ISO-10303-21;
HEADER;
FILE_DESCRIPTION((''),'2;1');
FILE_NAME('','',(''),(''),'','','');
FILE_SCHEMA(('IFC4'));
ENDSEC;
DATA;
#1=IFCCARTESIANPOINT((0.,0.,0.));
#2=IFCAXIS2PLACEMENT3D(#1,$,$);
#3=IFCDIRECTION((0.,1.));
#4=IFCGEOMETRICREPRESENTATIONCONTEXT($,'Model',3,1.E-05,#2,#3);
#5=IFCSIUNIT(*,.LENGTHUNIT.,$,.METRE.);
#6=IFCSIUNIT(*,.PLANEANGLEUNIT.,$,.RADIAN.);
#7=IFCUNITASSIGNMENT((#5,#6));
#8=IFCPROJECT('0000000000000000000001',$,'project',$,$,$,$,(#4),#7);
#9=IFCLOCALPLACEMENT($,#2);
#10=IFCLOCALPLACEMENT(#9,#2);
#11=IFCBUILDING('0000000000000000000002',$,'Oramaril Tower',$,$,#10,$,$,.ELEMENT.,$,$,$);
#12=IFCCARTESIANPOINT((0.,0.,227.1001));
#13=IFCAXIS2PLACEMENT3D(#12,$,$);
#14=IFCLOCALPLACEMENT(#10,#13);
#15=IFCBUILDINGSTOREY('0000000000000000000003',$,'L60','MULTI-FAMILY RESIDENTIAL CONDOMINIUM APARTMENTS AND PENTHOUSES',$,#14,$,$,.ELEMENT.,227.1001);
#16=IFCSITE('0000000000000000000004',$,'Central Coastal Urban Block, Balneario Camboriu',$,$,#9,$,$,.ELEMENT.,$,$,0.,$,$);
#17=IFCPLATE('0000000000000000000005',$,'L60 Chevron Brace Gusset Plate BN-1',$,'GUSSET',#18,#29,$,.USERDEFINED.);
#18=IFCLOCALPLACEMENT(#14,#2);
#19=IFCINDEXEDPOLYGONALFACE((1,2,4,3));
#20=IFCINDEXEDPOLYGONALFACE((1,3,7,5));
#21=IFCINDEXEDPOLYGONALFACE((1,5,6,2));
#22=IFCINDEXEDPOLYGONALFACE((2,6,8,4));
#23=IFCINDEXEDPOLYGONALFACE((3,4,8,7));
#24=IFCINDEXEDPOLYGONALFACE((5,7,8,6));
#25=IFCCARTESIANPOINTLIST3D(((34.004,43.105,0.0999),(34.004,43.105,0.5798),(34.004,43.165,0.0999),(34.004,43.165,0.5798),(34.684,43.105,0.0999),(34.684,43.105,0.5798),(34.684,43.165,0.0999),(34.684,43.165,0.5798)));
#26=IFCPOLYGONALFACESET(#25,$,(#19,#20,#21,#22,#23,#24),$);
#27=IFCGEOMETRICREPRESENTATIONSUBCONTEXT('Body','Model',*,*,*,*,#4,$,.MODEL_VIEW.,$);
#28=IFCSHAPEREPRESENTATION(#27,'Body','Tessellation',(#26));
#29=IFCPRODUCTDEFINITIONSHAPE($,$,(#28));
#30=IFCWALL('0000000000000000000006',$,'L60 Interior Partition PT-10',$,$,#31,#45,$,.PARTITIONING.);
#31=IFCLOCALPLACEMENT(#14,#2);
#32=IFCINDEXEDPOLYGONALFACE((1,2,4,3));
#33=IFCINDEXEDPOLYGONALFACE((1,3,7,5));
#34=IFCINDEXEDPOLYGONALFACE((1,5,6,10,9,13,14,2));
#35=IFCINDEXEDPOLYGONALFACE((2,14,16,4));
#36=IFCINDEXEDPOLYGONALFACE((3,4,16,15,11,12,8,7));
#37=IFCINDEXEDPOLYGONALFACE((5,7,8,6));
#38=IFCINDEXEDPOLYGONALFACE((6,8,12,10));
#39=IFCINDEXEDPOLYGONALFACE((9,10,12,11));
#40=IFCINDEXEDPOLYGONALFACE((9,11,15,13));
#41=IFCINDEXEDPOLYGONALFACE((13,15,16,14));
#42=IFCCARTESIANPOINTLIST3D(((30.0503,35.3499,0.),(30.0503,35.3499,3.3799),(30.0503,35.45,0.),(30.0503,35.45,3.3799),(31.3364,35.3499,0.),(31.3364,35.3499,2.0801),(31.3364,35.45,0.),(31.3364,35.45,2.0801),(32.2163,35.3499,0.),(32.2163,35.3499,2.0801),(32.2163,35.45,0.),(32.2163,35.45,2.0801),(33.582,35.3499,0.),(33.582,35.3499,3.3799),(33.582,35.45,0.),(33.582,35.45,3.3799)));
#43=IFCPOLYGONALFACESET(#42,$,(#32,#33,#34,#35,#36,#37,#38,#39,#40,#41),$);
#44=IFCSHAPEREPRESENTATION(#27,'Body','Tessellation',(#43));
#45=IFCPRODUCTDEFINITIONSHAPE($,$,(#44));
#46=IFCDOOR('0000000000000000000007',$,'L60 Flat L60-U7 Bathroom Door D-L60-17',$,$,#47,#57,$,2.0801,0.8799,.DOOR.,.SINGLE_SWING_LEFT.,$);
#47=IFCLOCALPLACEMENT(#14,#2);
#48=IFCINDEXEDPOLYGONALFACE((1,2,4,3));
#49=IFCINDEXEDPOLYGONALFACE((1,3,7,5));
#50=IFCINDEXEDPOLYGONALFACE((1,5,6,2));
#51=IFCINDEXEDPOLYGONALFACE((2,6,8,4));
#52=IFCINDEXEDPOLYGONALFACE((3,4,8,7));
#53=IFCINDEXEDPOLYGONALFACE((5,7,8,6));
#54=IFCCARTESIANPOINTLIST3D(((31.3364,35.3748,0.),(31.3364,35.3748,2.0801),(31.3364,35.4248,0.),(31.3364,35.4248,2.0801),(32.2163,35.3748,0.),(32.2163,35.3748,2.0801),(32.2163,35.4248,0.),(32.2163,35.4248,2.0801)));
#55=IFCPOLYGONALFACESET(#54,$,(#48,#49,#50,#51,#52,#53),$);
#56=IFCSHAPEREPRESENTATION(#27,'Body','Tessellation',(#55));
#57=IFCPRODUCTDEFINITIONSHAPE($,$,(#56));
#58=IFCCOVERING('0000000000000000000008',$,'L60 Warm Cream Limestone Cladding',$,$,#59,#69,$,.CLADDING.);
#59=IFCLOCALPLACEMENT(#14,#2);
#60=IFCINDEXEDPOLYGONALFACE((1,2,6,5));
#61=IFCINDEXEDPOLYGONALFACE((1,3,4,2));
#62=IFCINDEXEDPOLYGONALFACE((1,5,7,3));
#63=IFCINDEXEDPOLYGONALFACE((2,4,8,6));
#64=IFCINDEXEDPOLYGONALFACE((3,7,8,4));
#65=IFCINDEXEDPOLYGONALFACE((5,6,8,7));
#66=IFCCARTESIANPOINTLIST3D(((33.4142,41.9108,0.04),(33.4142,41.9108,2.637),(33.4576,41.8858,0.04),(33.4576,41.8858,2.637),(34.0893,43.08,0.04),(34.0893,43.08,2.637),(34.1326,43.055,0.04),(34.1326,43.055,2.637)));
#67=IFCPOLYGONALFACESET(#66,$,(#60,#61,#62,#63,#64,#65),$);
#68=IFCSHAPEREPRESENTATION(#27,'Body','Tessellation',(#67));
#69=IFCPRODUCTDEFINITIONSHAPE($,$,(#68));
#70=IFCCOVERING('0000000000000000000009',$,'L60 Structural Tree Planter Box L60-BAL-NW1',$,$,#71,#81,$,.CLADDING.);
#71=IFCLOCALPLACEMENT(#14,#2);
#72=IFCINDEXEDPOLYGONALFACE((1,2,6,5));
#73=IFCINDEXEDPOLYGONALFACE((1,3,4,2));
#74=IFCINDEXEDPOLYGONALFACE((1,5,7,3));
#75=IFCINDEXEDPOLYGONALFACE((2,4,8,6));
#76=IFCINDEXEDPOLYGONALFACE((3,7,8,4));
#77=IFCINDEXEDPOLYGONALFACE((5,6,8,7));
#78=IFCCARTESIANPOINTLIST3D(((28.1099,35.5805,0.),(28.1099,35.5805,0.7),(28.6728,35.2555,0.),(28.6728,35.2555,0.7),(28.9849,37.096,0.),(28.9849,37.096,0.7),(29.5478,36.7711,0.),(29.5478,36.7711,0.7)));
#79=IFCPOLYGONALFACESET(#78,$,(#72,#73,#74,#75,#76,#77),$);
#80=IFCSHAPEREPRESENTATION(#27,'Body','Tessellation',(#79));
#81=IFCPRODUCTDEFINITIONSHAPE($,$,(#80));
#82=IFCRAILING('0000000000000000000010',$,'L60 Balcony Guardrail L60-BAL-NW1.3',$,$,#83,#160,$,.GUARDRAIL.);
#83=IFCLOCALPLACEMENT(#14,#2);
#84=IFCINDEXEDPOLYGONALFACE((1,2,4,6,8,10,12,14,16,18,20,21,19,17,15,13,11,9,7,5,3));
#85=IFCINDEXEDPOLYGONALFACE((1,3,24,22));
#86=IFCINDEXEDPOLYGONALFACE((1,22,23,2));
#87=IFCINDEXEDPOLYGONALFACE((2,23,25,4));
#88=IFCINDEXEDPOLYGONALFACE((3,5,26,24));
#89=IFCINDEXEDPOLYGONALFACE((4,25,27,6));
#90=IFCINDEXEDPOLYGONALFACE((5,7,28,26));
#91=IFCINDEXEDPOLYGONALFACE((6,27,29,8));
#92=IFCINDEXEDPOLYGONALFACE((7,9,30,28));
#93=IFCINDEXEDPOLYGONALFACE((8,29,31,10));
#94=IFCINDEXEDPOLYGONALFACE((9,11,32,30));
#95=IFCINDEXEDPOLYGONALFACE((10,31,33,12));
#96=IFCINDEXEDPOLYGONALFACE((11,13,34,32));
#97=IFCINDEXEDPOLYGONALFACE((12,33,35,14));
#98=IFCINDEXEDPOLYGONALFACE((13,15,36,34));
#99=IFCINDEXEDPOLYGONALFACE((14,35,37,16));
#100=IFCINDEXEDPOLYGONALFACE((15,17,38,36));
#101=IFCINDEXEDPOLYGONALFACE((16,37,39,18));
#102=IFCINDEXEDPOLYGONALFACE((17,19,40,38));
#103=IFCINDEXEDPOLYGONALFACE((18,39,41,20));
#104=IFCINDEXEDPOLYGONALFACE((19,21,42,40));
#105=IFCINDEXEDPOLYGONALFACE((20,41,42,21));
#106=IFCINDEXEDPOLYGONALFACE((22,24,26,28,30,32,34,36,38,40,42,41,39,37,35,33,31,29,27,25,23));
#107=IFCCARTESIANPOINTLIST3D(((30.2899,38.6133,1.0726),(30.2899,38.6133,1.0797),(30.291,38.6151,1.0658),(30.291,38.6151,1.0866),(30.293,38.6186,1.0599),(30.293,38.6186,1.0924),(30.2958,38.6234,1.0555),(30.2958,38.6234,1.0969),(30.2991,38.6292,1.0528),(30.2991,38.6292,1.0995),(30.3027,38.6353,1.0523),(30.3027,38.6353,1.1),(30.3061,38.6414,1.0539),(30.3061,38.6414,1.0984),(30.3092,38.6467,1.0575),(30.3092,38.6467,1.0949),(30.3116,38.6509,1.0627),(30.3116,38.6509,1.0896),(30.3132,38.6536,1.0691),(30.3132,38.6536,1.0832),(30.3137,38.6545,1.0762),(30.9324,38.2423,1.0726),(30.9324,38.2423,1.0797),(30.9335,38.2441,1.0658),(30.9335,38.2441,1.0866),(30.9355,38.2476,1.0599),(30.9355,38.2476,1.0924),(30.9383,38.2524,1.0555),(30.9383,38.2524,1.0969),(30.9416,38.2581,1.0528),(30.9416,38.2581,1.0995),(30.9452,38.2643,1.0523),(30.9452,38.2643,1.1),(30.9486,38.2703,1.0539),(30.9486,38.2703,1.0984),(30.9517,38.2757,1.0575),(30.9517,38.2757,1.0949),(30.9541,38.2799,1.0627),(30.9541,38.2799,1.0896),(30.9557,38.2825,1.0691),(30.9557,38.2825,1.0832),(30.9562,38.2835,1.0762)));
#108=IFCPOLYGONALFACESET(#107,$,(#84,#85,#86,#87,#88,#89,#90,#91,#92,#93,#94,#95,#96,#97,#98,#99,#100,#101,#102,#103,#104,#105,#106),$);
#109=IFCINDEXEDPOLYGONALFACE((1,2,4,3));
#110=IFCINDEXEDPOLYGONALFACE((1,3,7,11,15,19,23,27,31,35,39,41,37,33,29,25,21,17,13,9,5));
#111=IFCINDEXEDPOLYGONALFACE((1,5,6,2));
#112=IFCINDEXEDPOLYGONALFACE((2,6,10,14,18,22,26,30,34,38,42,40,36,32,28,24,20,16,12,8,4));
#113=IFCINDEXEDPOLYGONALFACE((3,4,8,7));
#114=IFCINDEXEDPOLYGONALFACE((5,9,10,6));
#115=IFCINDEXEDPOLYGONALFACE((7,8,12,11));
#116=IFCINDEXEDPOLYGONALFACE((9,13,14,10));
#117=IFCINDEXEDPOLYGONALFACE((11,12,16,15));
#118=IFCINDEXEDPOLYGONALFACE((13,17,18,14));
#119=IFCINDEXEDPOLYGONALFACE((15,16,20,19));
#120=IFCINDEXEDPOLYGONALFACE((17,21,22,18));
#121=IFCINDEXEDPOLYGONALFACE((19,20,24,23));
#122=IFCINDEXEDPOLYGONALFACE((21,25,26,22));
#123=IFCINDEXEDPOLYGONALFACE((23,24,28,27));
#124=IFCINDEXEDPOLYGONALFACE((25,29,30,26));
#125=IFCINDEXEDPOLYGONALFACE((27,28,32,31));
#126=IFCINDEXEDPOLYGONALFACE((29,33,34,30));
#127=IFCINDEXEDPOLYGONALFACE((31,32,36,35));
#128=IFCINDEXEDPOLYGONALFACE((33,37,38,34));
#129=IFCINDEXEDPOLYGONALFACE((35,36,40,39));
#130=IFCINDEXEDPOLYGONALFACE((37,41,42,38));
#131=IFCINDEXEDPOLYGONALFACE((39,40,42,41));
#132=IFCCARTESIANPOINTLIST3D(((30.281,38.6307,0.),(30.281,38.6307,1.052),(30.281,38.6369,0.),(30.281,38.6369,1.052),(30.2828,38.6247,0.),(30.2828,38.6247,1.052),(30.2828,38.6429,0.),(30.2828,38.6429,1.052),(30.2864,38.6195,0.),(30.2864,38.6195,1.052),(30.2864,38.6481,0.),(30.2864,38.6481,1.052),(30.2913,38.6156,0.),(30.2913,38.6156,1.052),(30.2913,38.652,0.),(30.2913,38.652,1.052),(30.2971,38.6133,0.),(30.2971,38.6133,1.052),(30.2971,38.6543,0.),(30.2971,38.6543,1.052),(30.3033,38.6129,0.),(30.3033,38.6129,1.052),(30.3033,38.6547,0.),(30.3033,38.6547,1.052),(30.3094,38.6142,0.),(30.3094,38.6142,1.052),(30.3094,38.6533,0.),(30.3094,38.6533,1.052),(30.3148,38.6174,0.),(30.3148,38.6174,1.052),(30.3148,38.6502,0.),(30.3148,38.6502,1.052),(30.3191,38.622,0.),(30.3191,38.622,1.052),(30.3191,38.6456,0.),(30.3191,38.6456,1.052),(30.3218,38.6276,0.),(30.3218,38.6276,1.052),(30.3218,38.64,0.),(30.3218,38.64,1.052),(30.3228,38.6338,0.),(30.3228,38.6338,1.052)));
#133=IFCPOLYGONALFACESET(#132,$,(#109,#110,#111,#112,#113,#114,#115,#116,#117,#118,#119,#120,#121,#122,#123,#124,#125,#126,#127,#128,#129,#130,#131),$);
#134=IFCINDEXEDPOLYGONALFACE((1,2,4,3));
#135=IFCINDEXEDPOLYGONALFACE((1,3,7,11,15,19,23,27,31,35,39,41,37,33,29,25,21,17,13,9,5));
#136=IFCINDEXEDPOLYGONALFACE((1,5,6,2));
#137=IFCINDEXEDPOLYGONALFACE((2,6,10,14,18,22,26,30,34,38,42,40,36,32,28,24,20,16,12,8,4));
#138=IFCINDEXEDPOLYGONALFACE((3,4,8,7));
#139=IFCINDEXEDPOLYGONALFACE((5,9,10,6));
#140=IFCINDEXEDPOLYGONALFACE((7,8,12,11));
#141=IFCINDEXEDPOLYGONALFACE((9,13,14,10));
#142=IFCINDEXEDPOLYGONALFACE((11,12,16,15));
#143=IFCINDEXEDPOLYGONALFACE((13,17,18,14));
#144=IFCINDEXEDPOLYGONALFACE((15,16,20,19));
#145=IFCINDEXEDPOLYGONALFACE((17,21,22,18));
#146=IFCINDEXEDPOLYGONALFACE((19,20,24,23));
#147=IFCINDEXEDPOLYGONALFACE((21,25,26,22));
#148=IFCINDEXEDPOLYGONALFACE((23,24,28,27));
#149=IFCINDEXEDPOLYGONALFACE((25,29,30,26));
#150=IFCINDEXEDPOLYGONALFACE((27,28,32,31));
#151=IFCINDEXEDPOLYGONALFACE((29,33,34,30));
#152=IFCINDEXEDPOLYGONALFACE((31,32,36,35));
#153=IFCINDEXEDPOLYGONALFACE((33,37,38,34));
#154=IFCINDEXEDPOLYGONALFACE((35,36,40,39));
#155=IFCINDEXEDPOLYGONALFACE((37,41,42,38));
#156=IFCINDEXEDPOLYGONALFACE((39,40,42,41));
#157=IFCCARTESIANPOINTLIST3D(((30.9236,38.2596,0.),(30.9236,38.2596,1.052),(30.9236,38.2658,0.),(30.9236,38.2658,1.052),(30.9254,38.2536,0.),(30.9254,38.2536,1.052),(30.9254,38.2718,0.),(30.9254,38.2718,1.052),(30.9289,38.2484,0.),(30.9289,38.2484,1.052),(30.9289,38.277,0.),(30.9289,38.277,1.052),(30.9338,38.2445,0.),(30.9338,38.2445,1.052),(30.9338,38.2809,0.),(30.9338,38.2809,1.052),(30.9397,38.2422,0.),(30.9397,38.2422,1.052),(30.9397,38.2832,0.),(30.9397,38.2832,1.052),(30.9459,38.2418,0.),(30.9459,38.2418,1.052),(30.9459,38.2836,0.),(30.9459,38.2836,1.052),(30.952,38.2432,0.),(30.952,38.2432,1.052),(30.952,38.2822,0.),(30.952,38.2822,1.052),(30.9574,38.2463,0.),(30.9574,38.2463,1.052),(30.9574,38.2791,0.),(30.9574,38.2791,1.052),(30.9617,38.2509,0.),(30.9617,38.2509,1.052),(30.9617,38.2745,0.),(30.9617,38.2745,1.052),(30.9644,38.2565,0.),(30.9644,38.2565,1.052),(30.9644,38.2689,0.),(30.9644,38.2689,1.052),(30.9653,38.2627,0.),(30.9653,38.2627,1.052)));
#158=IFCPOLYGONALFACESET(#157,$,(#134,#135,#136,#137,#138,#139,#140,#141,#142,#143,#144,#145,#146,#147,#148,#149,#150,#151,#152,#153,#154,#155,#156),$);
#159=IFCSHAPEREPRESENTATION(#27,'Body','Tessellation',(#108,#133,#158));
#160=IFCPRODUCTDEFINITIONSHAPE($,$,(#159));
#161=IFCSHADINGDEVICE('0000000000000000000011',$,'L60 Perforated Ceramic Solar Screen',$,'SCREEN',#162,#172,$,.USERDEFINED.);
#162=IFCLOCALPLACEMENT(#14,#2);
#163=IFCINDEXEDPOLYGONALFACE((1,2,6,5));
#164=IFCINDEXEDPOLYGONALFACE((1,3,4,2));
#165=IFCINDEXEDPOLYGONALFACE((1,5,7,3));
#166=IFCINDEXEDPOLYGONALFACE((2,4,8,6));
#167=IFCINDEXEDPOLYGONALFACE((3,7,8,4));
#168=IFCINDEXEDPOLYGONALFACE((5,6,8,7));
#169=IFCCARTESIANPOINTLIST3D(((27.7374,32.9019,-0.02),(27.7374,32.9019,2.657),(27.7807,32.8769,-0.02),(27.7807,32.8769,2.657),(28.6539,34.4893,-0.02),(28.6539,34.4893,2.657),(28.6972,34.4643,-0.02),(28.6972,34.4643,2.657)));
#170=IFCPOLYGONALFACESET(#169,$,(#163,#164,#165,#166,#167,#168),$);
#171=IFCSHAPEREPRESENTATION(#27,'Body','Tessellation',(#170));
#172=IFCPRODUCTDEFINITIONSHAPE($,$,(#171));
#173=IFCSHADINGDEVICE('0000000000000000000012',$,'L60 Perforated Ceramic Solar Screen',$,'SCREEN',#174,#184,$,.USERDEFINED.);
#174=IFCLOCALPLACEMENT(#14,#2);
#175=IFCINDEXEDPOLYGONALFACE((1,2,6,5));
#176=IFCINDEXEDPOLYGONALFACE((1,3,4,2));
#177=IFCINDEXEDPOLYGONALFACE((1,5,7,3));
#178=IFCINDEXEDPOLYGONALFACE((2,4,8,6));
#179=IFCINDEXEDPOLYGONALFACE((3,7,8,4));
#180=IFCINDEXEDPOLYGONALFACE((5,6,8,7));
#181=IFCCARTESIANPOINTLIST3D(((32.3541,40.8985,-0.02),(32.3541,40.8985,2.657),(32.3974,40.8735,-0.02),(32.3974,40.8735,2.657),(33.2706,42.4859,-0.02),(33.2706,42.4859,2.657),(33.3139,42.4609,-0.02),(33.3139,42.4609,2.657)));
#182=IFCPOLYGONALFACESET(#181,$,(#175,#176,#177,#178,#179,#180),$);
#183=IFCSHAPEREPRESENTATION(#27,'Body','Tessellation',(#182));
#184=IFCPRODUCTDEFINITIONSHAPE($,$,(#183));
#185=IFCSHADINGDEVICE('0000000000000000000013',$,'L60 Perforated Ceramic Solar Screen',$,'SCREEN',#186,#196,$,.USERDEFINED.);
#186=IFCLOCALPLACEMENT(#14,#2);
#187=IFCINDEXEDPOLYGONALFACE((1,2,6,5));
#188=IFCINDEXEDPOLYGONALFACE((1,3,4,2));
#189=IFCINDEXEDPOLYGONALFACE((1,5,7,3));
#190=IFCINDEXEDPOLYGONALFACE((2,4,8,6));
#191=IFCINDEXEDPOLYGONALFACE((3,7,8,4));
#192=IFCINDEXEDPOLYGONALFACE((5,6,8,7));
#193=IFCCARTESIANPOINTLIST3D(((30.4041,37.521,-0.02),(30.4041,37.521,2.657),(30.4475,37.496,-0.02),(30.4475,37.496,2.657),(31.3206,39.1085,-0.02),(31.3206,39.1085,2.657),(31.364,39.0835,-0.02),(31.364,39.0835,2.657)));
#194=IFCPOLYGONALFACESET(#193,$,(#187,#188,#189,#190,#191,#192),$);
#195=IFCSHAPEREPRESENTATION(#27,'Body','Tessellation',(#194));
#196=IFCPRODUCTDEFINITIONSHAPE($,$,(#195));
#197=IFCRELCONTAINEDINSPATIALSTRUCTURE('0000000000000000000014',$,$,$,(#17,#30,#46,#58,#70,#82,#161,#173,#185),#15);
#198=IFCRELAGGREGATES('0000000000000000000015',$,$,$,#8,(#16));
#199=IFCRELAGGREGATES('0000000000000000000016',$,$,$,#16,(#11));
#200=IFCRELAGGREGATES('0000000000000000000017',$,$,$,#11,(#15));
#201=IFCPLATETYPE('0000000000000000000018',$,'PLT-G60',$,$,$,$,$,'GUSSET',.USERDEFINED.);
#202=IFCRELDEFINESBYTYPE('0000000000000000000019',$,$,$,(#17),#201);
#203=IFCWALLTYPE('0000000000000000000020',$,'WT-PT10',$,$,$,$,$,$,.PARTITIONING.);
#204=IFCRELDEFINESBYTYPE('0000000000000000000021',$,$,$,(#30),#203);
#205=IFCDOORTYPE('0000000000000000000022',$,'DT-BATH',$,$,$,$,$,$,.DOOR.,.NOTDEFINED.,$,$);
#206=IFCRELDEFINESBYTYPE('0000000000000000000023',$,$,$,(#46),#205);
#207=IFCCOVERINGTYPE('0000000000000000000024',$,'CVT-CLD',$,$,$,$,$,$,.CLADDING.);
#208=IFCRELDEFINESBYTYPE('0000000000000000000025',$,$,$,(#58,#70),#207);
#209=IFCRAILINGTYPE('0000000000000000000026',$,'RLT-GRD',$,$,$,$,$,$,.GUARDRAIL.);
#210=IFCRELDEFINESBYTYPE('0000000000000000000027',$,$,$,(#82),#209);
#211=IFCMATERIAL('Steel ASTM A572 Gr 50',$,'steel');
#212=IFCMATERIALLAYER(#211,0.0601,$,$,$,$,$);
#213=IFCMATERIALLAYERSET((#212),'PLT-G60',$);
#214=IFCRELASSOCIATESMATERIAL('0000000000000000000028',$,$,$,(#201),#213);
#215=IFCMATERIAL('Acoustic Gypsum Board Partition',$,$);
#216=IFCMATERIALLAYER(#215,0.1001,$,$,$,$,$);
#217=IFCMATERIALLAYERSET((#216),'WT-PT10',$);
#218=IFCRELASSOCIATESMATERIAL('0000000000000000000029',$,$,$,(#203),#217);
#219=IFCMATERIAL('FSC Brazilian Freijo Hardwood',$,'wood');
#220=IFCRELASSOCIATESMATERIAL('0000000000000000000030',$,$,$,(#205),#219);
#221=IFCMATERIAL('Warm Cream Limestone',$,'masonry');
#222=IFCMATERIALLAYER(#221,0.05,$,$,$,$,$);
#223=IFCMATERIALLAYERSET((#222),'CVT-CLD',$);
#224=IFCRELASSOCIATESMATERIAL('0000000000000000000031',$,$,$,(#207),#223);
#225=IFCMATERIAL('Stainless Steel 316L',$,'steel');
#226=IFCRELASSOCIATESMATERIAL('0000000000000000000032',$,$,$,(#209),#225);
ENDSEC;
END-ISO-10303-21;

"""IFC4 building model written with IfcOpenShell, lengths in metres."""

from ifc_helpers import new_model, si_unit, direction, frame, frame_2d, origin, origin_2d, place, context, subcontext, project, spatial, rectangle, circle, extrude, material, layer, layer_set, type_object, element, fill, save


model = new_model("IFC4")

# Units and contexts
model_context = context("Model", 3, precision=1e-05, world=origin(), true_north=direction((0.0, 1.0)))
body_context = subcontext(model_context, "Body", "Model", "MODEL_VIEW")
ifc_project = project(units=[si_unit("LENGTHUNIT", "METRE"), si_unit("PLANEANGLEUNIT", "RADIAN")], contexts=[model_context])

# Site, building, storey
site_placement = place(None, origin())
site = spatial("IfcSite", under=ifc_project, at=site_placement, Name="Central Coastal Urban Block, Balneario Camboriu", CompositionType="ELEMENT", RefElevation=0.0)
building_placement = place(site_placement, origin())
building = spatial("IfcBuilding", under=site, at=building_placement, Name="Oramaril Tower", CompositionType="ELEMENT")
storey_placement = place(building_placement, frame((0.0, 0.0, 227.1001)))
storey = spatial("IfcBuildingStorey", under=building, at=storey_placement, Name="L60", Description="MULTI-FAMILY RESIDENTIAL CONDOMINIUM APARTMENTS AND PENTHOUSES", CompositionType="ELEMENT", Elevation=227.1001)

# Plate
ifc_material_1 = material(Name="Steel ASTM A572 Gr 50", Category="steel")
ifc_layer_1 = layer(ifc_material_1, 0.0601)
ifc_layer_set_1 = layer_set([ifc_layer_1], Name="PLT-G60")
plate_type = type_object("IfcPlateType", Name="PLT-G60", ElementType="GUSSET", PredefinedType="USERDEFINED", material=ifc_layer_set_1)
plate_placement = place(storey_placement, frame((34.344, 43.135, 0.0999), z_axis=(0.0, 0.0, 1.0), x_axis=(-1.0, 0.0, 0.0)))
element("IfcPlate", 1, at=plate_placement, inside=storey, type_object=plate_type, Name="L60 Chevron Brace Gusset Plate BN-1", ObjectType="GUSSET", PredefinedType="USERDEFINED", context=body_context, shape_type="SweptSolid", body=[
    extrude(rectangle(XDim=0.6799, YDim=0.0601, at=origin_2d()), origin(), (0.0, 0.0, 1.0), 0.48),
])

# Wall, opening, door
ifc_material_2 = material(Name="Acoustic Gypsum Board Partition")
ifc_layer_2 = layer(ifc_material_2, 0.1001)
ifc_layer_set_2 = layer_set([ifc_layer_2], Name="WT-PT10")
wall_type_1 = type_object("IfcWallType", Name="WT-PT10", PredefinedType="PARTITIONING", material=ifc_layer_set_2)
wall_1_placement = place(storey_placement, frame((30.0503, 35.3999, 0.0), z_axis=(0.0, 0.0, 1.0), x_axis=(1.0, 0.0, 0.0)))
wall_1 = element("IfcWall", 2, at=wall_1_placement, inside=storey, type_object=wall_type_1, Name="L60 Interior Partition PT-10", PredefinedType="PARTITIONING", context=body_context, shape_type="SweptSolid", body=[
    extrude(rectangle(XDim=3.5317, YDim=0.1001, at=frame_2d((1.7659, 0.0))), origin(), (0.0, 0.0, 1.0), 3.3799),
])
opening_1_placement = place(wall_1_placement, frame((1.2861, 0.0, 0.0)))
opening_1 = element("IfcOpeningElement", 3, at=opening_1_placement, cuts=wall_1, PredefinedType="OPENING", context=body_context, shape_type="SweptSolid", body=[
    extrude(rectangle(XDim=0.8799, YDim=2.0801, at=frame_2d((0.4399, 1.04))), frame((0.0, 0.05, 0.0), z_axis=(0.0, -1.0, 0.0), x_axis=(1.0, 0.0, 0.0)), (0.0, 0.0, 1.0), 0.1001),
])
ifc_material_3 = material(Name="FSC Brazilian Freijo Hardwood", Category="wood")
door_type_1 = type_object("IfcDoorType", Name="DT-BATH", OperationType="NOTDEFINED", PredefinedType="DOOR", material=ifc_material_3)
door_1_placement = place(opening_1_placement, origin())
door_1 = element("IfcDoor", 4, at=door_1_placement, inside=storey, type_object=door_type_1, Name="L60 Flat L60-U7 Bathroom Door D-L60-17", OperationType="SINGLE_SWING_LEFT", OverallHeight=2.0801, OverallWidth=0.8799, PredefinedType="DOOR", context=body_context, shape_type="SweptSolid", body=[
    extrude(rectangle(XDim=0.8799, YDim=2.0801, at=frame_2d((0.4399, 1.04))), frame((0.0, 0.0249, 0.0), z_axis=(0.0, -1.0, 0.0), x_axis=(1.0, 0.0, 0.0)), (0.0, 0.0, 1.0), 0.05),
])
fill(opening_1, door_1)

# Coverings
ifc_material_4 = material(Name="Warm Cream Limestone", Category="masonry")
ifc_layer_3 = layer(ifc_material_4, 0.05)
ifc_layer_set_3 = layer_set([ifc_layer_3], Name="CVT-CLD")
covering_type = type_object("IfcCoveringType", Name="CVT-CLD", PredefinedType="CLADDING", material=ifc_layer_set_3)
covering_1_placement = place(storey_placement, frame((33.7734, 42.4829, 0.04), z_axis=(0.0, 0.0, 1.0), x_axis=(-0.499998, -0.866026, 0.0)))
element("IfcCovering", 5, at=covering_1_placement, inside=storey, type_object=covering_type, Name="L60 Warm Cream Limestone Cladding", PredefinedType="CLADDING", context=body_context, shape_type="SweptSolid", body=[
    extrude(rectangle(XDim=1.3501, YDim=0.05, at=origin_2d()), origin(), (0.0, 0.0, 1.0), 2.5969),
])
covering_2_placement = place(storey_placement, frame((28.8289, 36.1758, 0.0), z_axis=(0.0, 0.0, 1.0), x_axis=(-0.499998, -0.866026, 0.0)))
element("IfcCovering", 6, at=covering_2_placement, inside=storey, type_object=covering_type, Name="L60 Structural Tree Planter Box L60-BAL-NW1", PredefinedType="CLADDING", context=body_context, shape_type="SweptSolid", body=[
    extrude(rectangle(XDim=1.75, YDim=0.6499, at=origin_2d()), origin(), (0.0, 0.0, 1.0), 0.7),
])

# Railing
ifc_material_5 = material(Name="Stainless Steel 316L", Category="steel")
railing_type = type_object("IfcRailingType", Name="RLT-GRD", PredefinedType="GUARDRAIL", material=ifc_material_5)
railing_1_placement = place(storey_placement, frame((30.3018, 38.6338, 0.0)))
element("IfcRailing", 7, at=railing_1_placement, inside=storey, type_object=railing_type, Name="L60 Balcony Guardrail L60-BAL-NW1.3", PredefinedType="GUARDRAIL", context=body_context, shape_type="SweptSolid", body=[
    extrude(circle(Radius=0.0239, at=origin_2d()), frame((0.0, 0.0, 1.0762), z_axis=(0.865966, -0.500102, 0.0), x_axis=(0.500102, 0.865966, 0.0)), (0.0, 0.0, 1.0), 0.7419),
    extrude(circle(Radius=0.021, at=origin_2d()), origin(), (0.0, 0.0, 1.0), 1.052),
    extrude(circle(Radius=0.021, at=origin_2d()), frame((0.6426, -0.3711, 0.0)), (0.0, 0.0, 1.0), 1.052),
])

# Shading devices
for number, where, z_axis, x_axis, name in (
    (8, (28.2173, 33.6831, -0.02), (0.0, 0.0, 1.0), (-0.499998, -0.866026, 0.0), "L60 Perforated Ceramic Solar Screen"),
    (9, (32.834, 41.6797, -0.02), (0.0, 0.0, 1.0), (-0.499998, -0.866026, 0.0), "L60 Perforated Ceramic Solar Screen"),
    (10, (30.884, 38.3022, -0.02), (0.0, 0.0, 1.0), (-0.499998, -0.866026, 0.0), "L60 Perforated Ceramic Solar Screen"),
):
    element("IfcShadingDevice", number, at=place(storey_placement, frame(where, z_axis=z_axis, x_axis=x_axis)), inside=storey, Name=name, ObjectType="SCREEN", PredefinedType="USERDEFINED", context=body_context, shape_type="SweptSolid", body=[
        extrude(rectangle(XDim=1.833, YDim=0.05, at=origin_2d()), origin(), (0.0, 0.0, 1.0), 2.677),
    ])

save(model, "model.ifc")
